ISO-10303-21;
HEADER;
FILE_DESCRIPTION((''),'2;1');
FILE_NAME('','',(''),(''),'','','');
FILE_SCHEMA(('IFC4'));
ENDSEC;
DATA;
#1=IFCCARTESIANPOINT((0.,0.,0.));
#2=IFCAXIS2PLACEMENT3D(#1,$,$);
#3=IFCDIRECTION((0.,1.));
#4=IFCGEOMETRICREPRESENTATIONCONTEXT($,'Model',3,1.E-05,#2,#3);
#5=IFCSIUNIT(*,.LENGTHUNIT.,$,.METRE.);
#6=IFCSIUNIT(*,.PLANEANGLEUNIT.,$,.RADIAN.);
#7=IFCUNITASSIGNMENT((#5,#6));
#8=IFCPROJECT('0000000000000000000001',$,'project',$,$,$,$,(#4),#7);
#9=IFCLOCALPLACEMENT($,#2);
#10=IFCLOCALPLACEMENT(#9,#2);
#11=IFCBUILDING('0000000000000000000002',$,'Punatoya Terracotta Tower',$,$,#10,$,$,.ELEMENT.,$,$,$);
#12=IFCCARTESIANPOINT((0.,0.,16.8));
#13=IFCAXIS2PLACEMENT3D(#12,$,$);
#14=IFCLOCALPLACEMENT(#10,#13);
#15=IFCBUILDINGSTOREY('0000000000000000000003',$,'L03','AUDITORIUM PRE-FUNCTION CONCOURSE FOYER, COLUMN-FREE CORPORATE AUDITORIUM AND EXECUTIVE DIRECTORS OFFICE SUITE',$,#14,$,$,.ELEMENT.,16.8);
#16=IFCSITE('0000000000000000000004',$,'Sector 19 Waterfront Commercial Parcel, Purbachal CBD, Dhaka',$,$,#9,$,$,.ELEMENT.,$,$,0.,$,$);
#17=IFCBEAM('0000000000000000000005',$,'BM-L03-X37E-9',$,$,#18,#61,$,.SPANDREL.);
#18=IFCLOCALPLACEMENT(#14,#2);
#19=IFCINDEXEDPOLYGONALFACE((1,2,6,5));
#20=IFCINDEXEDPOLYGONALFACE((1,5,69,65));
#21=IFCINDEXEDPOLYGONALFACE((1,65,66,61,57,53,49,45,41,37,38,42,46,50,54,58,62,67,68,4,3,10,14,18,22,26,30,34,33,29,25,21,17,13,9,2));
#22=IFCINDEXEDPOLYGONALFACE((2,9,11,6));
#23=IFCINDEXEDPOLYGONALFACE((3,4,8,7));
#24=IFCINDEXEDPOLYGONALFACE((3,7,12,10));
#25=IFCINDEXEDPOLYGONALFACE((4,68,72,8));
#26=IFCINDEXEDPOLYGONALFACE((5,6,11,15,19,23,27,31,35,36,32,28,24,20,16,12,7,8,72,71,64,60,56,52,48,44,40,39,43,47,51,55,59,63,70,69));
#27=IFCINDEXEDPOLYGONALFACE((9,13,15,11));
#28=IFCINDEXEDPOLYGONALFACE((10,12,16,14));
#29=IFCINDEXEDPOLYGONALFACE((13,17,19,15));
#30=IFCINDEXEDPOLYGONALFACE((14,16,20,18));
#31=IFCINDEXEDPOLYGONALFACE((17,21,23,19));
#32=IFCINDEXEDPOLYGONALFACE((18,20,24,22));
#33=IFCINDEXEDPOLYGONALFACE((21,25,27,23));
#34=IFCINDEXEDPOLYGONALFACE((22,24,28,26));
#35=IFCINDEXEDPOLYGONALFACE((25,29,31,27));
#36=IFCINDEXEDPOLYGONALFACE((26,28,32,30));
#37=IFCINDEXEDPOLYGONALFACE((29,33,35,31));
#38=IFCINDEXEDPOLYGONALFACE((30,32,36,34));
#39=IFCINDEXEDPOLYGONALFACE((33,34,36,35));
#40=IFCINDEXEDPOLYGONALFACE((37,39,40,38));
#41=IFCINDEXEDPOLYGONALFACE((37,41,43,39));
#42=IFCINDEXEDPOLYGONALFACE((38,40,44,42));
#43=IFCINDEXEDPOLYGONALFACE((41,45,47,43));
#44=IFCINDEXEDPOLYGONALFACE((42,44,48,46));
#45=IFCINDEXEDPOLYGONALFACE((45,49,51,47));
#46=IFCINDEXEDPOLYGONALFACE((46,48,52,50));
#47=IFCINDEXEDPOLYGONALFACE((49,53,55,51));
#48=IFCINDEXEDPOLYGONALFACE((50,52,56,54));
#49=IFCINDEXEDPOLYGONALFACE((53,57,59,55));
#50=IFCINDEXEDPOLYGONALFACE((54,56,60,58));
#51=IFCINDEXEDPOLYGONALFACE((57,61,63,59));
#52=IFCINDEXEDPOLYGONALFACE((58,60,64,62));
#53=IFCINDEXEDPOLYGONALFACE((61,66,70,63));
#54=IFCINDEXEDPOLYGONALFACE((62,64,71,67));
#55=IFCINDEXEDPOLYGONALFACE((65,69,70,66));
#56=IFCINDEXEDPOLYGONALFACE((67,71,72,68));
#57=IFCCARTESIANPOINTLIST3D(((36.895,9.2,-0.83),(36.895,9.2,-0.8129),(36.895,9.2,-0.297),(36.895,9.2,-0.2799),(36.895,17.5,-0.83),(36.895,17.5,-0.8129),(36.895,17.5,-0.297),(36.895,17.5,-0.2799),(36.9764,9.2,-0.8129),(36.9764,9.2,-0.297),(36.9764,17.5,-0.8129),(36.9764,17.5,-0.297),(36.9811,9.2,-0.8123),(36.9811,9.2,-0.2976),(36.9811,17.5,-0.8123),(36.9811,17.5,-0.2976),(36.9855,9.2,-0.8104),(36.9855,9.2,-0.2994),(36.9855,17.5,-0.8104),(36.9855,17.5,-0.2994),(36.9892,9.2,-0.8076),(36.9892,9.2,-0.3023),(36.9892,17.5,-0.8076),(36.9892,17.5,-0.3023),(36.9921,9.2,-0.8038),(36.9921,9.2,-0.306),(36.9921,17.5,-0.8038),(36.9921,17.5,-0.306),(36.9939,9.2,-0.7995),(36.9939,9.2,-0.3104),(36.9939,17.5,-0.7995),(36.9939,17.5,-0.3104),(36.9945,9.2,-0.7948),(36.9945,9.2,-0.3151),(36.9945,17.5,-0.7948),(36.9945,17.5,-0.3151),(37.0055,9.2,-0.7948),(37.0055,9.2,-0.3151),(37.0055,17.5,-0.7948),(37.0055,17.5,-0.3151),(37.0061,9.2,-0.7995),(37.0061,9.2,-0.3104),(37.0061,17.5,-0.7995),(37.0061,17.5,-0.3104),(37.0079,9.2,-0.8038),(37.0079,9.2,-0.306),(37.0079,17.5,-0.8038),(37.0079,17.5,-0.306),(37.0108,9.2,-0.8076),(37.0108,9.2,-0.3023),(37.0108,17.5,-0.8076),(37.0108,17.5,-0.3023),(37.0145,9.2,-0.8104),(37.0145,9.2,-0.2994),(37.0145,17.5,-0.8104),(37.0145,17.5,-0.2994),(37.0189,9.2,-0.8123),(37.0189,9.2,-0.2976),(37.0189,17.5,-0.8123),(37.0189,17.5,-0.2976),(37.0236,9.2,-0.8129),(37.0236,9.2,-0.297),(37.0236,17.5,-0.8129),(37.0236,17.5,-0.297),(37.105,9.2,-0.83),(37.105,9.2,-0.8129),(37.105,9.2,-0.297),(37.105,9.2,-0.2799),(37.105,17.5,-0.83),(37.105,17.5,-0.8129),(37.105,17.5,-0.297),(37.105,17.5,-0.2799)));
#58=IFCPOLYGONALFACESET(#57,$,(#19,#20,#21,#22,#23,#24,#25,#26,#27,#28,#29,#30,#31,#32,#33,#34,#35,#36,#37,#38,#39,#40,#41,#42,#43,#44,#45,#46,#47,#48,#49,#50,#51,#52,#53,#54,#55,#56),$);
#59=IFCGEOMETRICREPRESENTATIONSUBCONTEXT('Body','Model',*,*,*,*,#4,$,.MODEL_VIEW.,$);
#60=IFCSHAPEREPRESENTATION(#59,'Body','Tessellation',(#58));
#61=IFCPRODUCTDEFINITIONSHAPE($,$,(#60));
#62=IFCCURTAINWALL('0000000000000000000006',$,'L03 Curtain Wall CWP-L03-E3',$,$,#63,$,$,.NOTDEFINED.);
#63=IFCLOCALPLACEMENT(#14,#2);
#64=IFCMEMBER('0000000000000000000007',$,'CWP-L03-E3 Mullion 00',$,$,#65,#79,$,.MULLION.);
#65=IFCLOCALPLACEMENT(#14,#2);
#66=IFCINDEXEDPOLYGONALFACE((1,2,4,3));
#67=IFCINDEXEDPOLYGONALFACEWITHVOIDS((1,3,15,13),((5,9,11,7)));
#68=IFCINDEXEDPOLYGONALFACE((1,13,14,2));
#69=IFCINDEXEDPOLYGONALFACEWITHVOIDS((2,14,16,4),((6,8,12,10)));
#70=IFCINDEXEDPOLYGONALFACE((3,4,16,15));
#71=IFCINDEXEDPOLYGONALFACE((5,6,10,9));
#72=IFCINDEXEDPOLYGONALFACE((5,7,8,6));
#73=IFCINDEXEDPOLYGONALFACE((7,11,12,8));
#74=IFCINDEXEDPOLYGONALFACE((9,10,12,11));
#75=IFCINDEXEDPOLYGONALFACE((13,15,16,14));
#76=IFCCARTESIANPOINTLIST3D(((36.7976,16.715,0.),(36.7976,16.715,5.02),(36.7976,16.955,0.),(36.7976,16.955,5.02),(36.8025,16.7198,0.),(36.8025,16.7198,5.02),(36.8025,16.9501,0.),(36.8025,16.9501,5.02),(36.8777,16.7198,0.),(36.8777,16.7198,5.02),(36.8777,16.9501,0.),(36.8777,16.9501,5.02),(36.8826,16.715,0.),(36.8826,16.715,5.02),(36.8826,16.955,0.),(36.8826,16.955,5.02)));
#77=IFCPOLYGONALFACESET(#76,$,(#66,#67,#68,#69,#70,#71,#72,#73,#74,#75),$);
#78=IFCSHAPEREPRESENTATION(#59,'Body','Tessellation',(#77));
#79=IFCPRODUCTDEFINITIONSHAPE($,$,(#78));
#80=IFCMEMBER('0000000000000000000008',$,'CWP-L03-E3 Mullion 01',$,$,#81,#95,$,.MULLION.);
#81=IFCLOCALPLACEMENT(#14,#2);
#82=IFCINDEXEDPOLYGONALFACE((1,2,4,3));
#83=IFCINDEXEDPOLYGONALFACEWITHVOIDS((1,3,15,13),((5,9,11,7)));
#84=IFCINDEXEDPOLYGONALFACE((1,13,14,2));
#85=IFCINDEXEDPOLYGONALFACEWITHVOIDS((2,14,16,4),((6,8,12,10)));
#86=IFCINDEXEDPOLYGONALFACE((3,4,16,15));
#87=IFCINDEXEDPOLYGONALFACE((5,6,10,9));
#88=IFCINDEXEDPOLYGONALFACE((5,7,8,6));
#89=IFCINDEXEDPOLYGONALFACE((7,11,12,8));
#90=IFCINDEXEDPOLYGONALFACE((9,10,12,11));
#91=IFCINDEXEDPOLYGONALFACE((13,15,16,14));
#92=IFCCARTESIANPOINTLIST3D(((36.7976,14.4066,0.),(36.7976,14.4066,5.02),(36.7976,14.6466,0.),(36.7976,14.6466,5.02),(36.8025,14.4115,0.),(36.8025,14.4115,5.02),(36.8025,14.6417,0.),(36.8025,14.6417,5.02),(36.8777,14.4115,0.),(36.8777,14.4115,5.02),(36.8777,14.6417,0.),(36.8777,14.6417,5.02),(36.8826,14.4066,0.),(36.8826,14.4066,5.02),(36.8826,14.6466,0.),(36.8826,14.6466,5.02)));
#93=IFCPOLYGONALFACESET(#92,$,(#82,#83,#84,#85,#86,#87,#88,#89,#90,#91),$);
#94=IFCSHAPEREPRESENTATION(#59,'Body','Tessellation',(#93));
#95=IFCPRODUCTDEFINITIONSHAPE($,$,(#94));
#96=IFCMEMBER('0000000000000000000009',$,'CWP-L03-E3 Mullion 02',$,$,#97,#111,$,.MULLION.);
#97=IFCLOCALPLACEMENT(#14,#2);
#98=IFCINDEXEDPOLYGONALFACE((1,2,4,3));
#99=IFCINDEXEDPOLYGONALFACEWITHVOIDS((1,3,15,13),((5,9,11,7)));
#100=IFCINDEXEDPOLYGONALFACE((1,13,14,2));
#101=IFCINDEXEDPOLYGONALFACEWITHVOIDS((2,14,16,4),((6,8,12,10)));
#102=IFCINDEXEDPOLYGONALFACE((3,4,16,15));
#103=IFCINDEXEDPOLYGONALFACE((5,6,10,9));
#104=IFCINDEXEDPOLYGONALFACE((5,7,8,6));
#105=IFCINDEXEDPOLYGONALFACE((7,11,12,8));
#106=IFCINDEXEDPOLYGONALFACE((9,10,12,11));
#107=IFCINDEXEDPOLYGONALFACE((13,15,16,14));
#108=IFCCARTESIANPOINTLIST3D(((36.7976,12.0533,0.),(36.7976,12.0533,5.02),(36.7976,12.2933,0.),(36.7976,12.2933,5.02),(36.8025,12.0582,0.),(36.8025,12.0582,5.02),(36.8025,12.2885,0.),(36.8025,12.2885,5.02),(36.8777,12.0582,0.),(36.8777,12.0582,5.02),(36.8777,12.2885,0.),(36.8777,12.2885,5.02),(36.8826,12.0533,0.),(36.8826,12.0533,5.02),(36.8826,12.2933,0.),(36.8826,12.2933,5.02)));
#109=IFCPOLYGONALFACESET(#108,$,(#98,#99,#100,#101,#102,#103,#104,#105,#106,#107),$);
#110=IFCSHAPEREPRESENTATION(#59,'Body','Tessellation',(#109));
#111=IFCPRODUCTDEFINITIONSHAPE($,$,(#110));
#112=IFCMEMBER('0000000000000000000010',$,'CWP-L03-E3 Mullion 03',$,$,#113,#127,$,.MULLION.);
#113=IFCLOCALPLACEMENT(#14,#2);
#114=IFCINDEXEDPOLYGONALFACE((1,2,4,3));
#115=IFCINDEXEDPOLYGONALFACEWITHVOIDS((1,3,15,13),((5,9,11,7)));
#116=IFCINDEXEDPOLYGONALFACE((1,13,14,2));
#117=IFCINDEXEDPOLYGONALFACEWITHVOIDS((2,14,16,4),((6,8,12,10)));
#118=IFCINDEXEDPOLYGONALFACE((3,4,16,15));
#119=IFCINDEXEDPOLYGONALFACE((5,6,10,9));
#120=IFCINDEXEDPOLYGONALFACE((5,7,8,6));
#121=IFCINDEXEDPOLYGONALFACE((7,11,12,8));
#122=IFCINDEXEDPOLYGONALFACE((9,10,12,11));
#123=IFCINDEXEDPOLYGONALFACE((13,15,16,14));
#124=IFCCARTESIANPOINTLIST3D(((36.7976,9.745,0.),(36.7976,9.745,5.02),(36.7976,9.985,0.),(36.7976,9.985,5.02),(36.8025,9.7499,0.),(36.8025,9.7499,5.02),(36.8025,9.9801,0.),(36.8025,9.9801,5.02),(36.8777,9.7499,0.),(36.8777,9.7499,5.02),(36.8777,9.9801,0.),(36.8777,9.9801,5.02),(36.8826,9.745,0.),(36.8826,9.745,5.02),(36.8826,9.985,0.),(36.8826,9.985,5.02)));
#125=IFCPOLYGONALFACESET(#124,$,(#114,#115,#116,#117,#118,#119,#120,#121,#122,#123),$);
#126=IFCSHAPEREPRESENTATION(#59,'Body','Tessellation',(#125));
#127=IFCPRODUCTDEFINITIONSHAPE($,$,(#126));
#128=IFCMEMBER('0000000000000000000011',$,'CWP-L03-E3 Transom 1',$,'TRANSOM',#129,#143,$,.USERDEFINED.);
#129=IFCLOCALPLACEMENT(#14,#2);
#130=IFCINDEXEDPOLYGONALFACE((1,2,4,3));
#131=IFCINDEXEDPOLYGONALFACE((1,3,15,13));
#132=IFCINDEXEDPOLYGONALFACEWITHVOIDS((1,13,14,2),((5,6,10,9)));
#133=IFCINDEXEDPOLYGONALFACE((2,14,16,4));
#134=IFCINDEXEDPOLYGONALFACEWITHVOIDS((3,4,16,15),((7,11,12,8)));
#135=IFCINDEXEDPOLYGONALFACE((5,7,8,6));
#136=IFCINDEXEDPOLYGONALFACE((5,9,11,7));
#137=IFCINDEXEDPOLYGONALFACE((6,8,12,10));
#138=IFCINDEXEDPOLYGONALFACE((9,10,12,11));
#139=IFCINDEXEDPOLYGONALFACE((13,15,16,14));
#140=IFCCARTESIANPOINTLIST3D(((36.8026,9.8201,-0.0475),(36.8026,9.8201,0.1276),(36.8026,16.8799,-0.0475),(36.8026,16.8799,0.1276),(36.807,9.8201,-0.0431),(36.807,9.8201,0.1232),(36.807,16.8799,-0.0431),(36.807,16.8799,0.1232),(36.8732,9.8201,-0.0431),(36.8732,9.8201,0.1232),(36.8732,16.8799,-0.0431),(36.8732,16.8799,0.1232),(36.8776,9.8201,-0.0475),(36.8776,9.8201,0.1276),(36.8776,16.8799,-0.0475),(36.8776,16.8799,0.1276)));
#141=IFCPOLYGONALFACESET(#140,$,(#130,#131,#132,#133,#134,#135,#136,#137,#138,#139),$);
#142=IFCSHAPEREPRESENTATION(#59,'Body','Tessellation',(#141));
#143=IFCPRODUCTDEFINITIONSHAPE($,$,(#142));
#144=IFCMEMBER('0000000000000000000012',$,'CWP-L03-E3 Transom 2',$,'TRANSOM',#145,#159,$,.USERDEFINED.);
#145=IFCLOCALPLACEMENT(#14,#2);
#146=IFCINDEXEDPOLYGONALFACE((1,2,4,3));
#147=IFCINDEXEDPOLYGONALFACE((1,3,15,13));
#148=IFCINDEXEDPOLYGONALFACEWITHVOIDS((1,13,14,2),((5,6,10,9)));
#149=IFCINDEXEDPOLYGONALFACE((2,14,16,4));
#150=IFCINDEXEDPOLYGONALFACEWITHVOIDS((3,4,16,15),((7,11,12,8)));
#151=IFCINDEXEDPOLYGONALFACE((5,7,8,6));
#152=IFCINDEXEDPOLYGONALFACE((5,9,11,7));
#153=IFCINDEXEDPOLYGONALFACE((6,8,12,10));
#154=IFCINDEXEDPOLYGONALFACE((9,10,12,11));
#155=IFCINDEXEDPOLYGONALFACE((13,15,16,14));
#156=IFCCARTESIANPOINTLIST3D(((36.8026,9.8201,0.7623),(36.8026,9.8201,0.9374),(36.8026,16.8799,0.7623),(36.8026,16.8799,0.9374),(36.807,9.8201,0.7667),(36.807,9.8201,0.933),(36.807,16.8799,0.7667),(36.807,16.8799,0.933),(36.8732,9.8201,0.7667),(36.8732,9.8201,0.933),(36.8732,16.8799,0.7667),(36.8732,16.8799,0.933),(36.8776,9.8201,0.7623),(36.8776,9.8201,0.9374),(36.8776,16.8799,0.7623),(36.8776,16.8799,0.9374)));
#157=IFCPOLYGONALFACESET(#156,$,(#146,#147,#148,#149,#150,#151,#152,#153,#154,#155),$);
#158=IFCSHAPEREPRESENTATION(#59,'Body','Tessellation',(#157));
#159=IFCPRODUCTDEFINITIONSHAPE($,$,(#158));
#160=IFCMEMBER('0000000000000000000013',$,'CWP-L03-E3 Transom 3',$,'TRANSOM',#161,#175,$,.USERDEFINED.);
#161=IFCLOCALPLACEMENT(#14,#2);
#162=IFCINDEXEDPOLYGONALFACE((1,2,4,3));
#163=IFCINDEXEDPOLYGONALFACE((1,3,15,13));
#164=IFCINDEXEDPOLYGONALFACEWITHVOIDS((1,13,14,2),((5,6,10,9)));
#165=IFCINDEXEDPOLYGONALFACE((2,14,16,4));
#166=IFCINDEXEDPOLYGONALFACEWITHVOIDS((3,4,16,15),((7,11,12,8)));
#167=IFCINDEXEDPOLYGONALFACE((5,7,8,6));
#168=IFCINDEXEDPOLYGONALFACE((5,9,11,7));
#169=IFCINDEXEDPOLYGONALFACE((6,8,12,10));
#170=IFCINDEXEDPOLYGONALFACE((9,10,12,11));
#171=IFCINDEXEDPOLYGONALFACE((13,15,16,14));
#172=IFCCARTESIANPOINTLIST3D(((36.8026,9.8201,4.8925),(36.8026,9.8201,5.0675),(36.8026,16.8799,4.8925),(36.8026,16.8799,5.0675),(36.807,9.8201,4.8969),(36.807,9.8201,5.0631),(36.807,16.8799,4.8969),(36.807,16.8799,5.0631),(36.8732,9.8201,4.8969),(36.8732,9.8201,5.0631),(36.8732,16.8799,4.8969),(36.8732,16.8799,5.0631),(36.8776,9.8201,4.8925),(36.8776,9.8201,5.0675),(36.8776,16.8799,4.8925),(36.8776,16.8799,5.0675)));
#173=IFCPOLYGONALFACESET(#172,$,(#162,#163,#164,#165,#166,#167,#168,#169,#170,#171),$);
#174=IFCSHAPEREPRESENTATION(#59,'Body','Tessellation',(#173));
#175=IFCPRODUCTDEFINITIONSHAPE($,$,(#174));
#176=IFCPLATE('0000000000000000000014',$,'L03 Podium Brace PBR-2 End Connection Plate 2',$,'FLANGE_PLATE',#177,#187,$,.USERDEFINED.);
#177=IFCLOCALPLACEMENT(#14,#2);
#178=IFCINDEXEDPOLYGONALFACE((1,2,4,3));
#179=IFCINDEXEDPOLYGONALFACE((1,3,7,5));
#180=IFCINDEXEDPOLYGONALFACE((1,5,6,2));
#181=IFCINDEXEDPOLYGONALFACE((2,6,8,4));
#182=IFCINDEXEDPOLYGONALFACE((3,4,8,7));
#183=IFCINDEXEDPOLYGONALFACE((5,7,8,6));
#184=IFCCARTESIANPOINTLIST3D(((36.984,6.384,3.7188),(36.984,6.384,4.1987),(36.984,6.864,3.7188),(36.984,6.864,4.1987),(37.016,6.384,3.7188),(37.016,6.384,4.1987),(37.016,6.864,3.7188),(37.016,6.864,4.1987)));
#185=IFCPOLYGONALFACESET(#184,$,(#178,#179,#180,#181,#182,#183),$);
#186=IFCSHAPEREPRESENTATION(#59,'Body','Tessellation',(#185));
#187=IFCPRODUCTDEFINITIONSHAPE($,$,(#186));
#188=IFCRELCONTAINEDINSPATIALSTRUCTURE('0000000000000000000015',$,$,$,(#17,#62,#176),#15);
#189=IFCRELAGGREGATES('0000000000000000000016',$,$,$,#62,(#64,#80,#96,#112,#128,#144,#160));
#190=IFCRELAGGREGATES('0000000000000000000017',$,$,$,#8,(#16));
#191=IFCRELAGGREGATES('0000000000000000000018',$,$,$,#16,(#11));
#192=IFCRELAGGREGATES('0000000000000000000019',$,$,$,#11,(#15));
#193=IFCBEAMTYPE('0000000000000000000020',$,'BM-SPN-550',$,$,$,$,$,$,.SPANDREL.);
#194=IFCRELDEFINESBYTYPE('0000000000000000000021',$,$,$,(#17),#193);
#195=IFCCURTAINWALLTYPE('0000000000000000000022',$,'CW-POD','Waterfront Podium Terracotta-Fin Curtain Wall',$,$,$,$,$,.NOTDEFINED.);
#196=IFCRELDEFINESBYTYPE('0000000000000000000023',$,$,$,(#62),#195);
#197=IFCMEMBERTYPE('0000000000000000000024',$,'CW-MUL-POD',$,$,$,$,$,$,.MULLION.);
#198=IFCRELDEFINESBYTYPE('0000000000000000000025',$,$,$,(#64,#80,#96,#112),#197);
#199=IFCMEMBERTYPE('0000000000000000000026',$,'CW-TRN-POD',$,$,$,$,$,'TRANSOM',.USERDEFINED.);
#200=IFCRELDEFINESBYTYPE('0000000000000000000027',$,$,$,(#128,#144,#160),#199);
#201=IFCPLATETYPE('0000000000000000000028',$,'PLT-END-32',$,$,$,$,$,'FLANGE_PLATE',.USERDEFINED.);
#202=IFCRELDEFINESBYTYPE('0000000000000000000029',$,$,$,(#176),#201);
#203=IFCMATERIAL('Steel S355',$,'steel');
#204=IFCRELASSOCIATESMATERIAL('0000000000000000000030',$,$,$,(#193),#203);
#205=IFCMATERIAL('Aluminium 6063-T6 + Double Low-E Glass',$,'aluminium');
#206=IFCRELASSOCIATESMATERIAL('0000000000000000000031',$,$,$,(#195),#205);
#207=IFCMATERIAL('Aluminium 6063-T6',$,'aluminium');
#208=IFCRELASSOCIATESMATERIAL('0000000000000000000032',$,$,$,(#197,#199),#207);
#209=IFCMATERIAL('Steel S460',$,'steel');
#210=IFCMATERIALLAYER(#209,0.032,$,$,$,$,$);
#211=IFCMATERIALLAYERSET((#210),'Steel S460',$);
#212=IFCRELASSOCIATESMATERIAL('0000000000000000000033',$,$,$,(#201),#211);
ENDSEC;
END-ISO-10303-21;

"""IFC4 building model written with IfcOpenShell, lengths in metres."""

from ifc_helpers import new_model, si_unit, direction, frame, origin, origin_2d, place, context, subcontext, project, spatial, rectangle, hollow_rectangle, i_section, extrude, material, layer, layer_set, material_profile, profile_set, type_object, element, aggregate, save


model = new_model("IFC4")

# Units and contexts
model_context = context("Model", 3, precision=1e-05, world=origin(), true_north=direction((0.0, 1.0)))
body_context = subcontext(model_context, "Body", "Model", "MODEL_VIEW")
ifc_project = project(units=[si_unit("LENGTHUNIT", "METRE"), si_unit("PLANEANGLEUNIT", "RADIAN")], contexts=[model_context])

# Site, building, storey
site_placement = place(None, origin())
site = spatial("IfcSite", under=ifc_project, at=site_placement, Name="Sector 19 Waterfront Commercial Parcel, Purbachal CBD, Dhaka", CompositionType="ELEMENT", RefElevation=0.0)
building_placement = place(site_placement, origin())
building = spatial("IfcBuilding", under=site, at=building_placement, Name="Punatoya Terracotta Tower", CompositionType="ELEMENT")
storey_placement = place(building_placement, frame((0.0, 0.0, 16.8)))
storey = spatial("IfcBuildingStorey", under=building, at=storey_placement, Name="L03", Description="AUDITORIUM PRE-FUNCTION CONCOURSE FOYER, COLUMN-FREE CORPORATE AUDITORIUM AND EXECUTIVE DIRECTORS OFFICE SUITE", CompositionType="ELEMENT", Elevation=16.8)

# Beam
ifc_material_1 = material(Name="Steel S355", Category="steel")
ifc_material_profile_1 = material_profile(ifc_material_1, i_section(OverallWidth=0.21, OverallDepth=0.55, WebThickness=0.011, FlangeThickness=0.0171, FilletRadius=0.0181, at=origin_2d()))
ifc_profile_set_1 = profile_set([ifc_material_profile_1], Name="Steel S355")
beam_type_1 = type_object("IfcBeamType", Name="BM-SPN-550", PredefinedType="SPANDREL", material=ifc_profile_set_1)
beam_1_placement = place(storey_placement, frame((37.0, 9.2, -0.5549), z_axis=(0.0, 1.0, 0.0), x_axis=(-1.0, 0.0, 0.0)))
element("IfcBeam", 1, at=beam_1_placement, inside=storey, type_object=beam_type_1, Name="BM-L03-X37E-9", PredefinedType="SPANDREL", context=body_context, shape_type="SweptSolid", body=[
    extrude(i_section(OverallWidth=0.21, OverallDepth=0.55, WebThickness=0.011, FlangeThickness=0.0171, FilletRadius=0.0181, at=origin_2d()), origin(), (0.0, 0.0, 1.0), 8.3),
])

# Curtain wall, members
ifc_material_2 = material(Name="Aluminium 6063-T6 + Double Low-E Glass", Category="aluminium")
curtain_wall_type = type_object("IfcCurtainWallType", Name="CW-POD", Description="Waterfront Podium Terracotta-Fin Curtain Wall", PredefinedType="NOTDEFINED", material=ifc_material_2)
curtain_wall_placement = place(storey_placement, origin())
curtain_wall = element("IfcCurtainWall", 2, at=curtain_wall_placement, inside=storey, type_object=curtain_wall_type, Name="L03 Curtain Wall CWP-L03-E3", PredefinedType="NOTDEFINED")
ifc_material_3 = material(Name="Aluminium 6063-T6", Category="aluminium")
ifc_material_profile_2 = material_profile(ifc_material_3, hollow_rectangle(XDim=0.085, YDim=0.24, WallThickness=0.0049, at=origin_2d()))
ifc_profile_set_2 = profile_set([ifc_material_profile_2], Name="Aluminium 6063-T6")
member_type_1 = type_object("IfcMemberType", Name="CW-MUL-POD", PredefinedType="MULLION", material=ifc_profile_set_2)
member_1_placement = place(storey_placement, frame((36.8401, 16.835, 0.0), z_axis=(0.0, 0.0, 1.0), x_axis=(1.0, 0.0, 0.0)))
member_1 = element("IfcMember", 3, at=member_1_placement, type_object=member_type_1, Name="CWP-L03-E3 Mullion 00", PredefinedType="MULLION", context=body_context, shape_type="SweptSolid", body=[
    extrude(hollow_rectangle(XDim=0.085, YDim=0.24, WallThickness=0.0049, at=origin_2d()), origin(), (0.0, 0.0, 1.0), 5.02),
])
member_2_placement = place(storey_placement, frame((36.8401, 14.5266, 0.0), z_axis=(0.0, 0.0, 1.0), x_axis=(1.0, 0.0, 0.0)))
member_2 = element("IfcMember", 4, at=member_2_placement, type_object=member_type_1, Name="CWP-L03-E3 Mullion 01", PredefinedType="MULLION", context=body_context, shape_type="SweptSolid", body=[
    extrude(hollow_rectangle(XDim=0.085, YDim=0.24, WallThickness=0.0049, at=origin_2d()), origin(), (0.0, 0.0, 1.0), 5.02),
])
member_3_placement = place(storey_placement, frame((36.8401, 12.1733, 0.0), z_axis=(0.0, 0.0, 1.0), x_axis=(1.0, 0.0, 0.0)))
member_3 = element("IfcMember", 5, at=member_3_placement, type_object=member_type_1, Name="CWP-L03-E3 Mullion 02", PredefinedType="MULLION", context=body_context, shape_type="SweptSolid", body=[
    extrude(hollow_rectangle(XDim=0.085, YDim=0.24, WallThickness=0.0049, at=origin_2d()), origin(), (0.0, 0.0, 1.0), 5.02),
])
member_4_placement = place(storey_placement, frame((36.8401, 9.865, 0.0), z_axis=(0.0, 0.0, 1.0), x_axis=(1.0, 0.0, 0.0)))
member_4 = element("IfcMember", 6, at=member_4_placement, type_object=member_type_1, Name="CWP-L03-E3 Mullion 03", PredefinedType="MULLION", context=body_context, shape_type="SweptSolid", body=[
    extrude(hollow_rectangle(XDim=0.085, YDim=0.24, WallThickness=0.0049, at=origin_2d()), origin(), (0.0, 0.0, 1.0), 5.02),
])
ifc_material_profile_3 = material_profile(ifc_material_3, hollow_rectangle(XDim=0.075, YDim=0.175, WallThickness=0.0044, at=origin_2d()))
ifc_profile_set_3 = profile_set([ifc_material_profile_3], Name="Aluminium 6063-T6")
member_type_2 = type_object("IfcMemberType", Name="CW-TRN-POD", ElementType="TRANSOM", PredefinedType="USERDEFINED", material=ifc_profile_set_3)
member_5_placement = place(storey_placement, frame((36.8401, 16.8799, 0.04), z_axis=(0.0, -1.0, 0.0), x_axis=(1.0, 0.0, 0.0)))
member_5 = element("IfcMember", 7, at=member_5_placement, type_object=member_type_2, Name="CWP-L03-E3 Transom 1", ObjectType="TRANSOM", PredefinedType="USERDEFINED", context=body_context, shape_type="SweptSolid", body=[
    extrude(hollow_rectangle(XDim=0.075, YDim=0.175, WallThickness=0.0044, at=origin_2d()), origin(), (0.0, 0.0, 1.0), 7.0598),
])
member_6_placement = place(storey_placement, frame((36.8401, 16.8799, 0.8499), z_axis=(0.0, -1.0, 0.0), x_axis=(1.0, 0.0, 0.0)))
member_6 = element("IfcMember", 8, at=member_6_placement, type_object=member_type_2, Name="CWP-L03-E3 Transom 2", ObjectType="TRANSOM", PredefinedType="USERDEFINED", context=body_context, shape_type="SweptSolid", body=[
    extrude(hollow_rectangle(XDim=0.075, YDim=0.175, WallThickness=0.0044, at=origin_2d()), origin(), (0.0, 0.0, 1.0), 7.0598),
])
member_7_placement = place(storey_placement, frame((36.8401, 16.8799, 4.98), z_axis=(0.0, -1.0, 0.0), x_axis=(1.0, 0.0, 0.0)))
member_7 = element("IfcMember", 9, at=member_7_placement, type_object=member_type_2, Name="CWP-L03-E3 Transom 3", ObjectType="TRANSOM", PredefinedType="USERDEFINED", context=body_context, shape_type="SweptSolid", body=[
    extrude(hollow_rectangle(XDim=0.075, YDim=0.175, WallThickness=0.0044, at=origin_2d()), origin(), (0.0, 0.0, 1.0), 7.0598),
])

# Plate
ifc_material_4 = material(Name="Steel S460", Category="steel")
ifc_layer_1 = layer(ifc_material_4, 0.032)
ifc_layer_set_1 = layer_set([ifc_layer_1], Name="Steel S460")
plate_type_1 = type_object("IfcPlateType", Name="PLT-END-32", ElementType="FLANGE_PLATE", PredefinedType="USERDEFINED", material=ifc_layer_set_1)
plate_1_placement = place(storey_placement, frame((37.0, 6.624, 3.7188), z_axis=(0.0, 0.0, 1.0), x_axis=(1.0, 0.0, 0.0)))
element("IfcPlate", 10, at=plate_1_placement, inside=storey, type_object=plate_type_1, Name="L03 Podium Brace PBR-2 End Connection Plate 2", ObjectType="FLANGE_PLATE", PredefinedType="USERDEFINED", context=body_context, shape_type="SweptSolid", body=[
    extrude(rectangle(XDim=0.032, YDim=0.48, at=origin_2d()), origin(), (0.0, 0.0, 1.0), 0.48),
])
aggregate(curtain_wall, [member_1, member_2, member_3, member_4, member_5, member_6, member_7])

save(model, "model.ifc")
